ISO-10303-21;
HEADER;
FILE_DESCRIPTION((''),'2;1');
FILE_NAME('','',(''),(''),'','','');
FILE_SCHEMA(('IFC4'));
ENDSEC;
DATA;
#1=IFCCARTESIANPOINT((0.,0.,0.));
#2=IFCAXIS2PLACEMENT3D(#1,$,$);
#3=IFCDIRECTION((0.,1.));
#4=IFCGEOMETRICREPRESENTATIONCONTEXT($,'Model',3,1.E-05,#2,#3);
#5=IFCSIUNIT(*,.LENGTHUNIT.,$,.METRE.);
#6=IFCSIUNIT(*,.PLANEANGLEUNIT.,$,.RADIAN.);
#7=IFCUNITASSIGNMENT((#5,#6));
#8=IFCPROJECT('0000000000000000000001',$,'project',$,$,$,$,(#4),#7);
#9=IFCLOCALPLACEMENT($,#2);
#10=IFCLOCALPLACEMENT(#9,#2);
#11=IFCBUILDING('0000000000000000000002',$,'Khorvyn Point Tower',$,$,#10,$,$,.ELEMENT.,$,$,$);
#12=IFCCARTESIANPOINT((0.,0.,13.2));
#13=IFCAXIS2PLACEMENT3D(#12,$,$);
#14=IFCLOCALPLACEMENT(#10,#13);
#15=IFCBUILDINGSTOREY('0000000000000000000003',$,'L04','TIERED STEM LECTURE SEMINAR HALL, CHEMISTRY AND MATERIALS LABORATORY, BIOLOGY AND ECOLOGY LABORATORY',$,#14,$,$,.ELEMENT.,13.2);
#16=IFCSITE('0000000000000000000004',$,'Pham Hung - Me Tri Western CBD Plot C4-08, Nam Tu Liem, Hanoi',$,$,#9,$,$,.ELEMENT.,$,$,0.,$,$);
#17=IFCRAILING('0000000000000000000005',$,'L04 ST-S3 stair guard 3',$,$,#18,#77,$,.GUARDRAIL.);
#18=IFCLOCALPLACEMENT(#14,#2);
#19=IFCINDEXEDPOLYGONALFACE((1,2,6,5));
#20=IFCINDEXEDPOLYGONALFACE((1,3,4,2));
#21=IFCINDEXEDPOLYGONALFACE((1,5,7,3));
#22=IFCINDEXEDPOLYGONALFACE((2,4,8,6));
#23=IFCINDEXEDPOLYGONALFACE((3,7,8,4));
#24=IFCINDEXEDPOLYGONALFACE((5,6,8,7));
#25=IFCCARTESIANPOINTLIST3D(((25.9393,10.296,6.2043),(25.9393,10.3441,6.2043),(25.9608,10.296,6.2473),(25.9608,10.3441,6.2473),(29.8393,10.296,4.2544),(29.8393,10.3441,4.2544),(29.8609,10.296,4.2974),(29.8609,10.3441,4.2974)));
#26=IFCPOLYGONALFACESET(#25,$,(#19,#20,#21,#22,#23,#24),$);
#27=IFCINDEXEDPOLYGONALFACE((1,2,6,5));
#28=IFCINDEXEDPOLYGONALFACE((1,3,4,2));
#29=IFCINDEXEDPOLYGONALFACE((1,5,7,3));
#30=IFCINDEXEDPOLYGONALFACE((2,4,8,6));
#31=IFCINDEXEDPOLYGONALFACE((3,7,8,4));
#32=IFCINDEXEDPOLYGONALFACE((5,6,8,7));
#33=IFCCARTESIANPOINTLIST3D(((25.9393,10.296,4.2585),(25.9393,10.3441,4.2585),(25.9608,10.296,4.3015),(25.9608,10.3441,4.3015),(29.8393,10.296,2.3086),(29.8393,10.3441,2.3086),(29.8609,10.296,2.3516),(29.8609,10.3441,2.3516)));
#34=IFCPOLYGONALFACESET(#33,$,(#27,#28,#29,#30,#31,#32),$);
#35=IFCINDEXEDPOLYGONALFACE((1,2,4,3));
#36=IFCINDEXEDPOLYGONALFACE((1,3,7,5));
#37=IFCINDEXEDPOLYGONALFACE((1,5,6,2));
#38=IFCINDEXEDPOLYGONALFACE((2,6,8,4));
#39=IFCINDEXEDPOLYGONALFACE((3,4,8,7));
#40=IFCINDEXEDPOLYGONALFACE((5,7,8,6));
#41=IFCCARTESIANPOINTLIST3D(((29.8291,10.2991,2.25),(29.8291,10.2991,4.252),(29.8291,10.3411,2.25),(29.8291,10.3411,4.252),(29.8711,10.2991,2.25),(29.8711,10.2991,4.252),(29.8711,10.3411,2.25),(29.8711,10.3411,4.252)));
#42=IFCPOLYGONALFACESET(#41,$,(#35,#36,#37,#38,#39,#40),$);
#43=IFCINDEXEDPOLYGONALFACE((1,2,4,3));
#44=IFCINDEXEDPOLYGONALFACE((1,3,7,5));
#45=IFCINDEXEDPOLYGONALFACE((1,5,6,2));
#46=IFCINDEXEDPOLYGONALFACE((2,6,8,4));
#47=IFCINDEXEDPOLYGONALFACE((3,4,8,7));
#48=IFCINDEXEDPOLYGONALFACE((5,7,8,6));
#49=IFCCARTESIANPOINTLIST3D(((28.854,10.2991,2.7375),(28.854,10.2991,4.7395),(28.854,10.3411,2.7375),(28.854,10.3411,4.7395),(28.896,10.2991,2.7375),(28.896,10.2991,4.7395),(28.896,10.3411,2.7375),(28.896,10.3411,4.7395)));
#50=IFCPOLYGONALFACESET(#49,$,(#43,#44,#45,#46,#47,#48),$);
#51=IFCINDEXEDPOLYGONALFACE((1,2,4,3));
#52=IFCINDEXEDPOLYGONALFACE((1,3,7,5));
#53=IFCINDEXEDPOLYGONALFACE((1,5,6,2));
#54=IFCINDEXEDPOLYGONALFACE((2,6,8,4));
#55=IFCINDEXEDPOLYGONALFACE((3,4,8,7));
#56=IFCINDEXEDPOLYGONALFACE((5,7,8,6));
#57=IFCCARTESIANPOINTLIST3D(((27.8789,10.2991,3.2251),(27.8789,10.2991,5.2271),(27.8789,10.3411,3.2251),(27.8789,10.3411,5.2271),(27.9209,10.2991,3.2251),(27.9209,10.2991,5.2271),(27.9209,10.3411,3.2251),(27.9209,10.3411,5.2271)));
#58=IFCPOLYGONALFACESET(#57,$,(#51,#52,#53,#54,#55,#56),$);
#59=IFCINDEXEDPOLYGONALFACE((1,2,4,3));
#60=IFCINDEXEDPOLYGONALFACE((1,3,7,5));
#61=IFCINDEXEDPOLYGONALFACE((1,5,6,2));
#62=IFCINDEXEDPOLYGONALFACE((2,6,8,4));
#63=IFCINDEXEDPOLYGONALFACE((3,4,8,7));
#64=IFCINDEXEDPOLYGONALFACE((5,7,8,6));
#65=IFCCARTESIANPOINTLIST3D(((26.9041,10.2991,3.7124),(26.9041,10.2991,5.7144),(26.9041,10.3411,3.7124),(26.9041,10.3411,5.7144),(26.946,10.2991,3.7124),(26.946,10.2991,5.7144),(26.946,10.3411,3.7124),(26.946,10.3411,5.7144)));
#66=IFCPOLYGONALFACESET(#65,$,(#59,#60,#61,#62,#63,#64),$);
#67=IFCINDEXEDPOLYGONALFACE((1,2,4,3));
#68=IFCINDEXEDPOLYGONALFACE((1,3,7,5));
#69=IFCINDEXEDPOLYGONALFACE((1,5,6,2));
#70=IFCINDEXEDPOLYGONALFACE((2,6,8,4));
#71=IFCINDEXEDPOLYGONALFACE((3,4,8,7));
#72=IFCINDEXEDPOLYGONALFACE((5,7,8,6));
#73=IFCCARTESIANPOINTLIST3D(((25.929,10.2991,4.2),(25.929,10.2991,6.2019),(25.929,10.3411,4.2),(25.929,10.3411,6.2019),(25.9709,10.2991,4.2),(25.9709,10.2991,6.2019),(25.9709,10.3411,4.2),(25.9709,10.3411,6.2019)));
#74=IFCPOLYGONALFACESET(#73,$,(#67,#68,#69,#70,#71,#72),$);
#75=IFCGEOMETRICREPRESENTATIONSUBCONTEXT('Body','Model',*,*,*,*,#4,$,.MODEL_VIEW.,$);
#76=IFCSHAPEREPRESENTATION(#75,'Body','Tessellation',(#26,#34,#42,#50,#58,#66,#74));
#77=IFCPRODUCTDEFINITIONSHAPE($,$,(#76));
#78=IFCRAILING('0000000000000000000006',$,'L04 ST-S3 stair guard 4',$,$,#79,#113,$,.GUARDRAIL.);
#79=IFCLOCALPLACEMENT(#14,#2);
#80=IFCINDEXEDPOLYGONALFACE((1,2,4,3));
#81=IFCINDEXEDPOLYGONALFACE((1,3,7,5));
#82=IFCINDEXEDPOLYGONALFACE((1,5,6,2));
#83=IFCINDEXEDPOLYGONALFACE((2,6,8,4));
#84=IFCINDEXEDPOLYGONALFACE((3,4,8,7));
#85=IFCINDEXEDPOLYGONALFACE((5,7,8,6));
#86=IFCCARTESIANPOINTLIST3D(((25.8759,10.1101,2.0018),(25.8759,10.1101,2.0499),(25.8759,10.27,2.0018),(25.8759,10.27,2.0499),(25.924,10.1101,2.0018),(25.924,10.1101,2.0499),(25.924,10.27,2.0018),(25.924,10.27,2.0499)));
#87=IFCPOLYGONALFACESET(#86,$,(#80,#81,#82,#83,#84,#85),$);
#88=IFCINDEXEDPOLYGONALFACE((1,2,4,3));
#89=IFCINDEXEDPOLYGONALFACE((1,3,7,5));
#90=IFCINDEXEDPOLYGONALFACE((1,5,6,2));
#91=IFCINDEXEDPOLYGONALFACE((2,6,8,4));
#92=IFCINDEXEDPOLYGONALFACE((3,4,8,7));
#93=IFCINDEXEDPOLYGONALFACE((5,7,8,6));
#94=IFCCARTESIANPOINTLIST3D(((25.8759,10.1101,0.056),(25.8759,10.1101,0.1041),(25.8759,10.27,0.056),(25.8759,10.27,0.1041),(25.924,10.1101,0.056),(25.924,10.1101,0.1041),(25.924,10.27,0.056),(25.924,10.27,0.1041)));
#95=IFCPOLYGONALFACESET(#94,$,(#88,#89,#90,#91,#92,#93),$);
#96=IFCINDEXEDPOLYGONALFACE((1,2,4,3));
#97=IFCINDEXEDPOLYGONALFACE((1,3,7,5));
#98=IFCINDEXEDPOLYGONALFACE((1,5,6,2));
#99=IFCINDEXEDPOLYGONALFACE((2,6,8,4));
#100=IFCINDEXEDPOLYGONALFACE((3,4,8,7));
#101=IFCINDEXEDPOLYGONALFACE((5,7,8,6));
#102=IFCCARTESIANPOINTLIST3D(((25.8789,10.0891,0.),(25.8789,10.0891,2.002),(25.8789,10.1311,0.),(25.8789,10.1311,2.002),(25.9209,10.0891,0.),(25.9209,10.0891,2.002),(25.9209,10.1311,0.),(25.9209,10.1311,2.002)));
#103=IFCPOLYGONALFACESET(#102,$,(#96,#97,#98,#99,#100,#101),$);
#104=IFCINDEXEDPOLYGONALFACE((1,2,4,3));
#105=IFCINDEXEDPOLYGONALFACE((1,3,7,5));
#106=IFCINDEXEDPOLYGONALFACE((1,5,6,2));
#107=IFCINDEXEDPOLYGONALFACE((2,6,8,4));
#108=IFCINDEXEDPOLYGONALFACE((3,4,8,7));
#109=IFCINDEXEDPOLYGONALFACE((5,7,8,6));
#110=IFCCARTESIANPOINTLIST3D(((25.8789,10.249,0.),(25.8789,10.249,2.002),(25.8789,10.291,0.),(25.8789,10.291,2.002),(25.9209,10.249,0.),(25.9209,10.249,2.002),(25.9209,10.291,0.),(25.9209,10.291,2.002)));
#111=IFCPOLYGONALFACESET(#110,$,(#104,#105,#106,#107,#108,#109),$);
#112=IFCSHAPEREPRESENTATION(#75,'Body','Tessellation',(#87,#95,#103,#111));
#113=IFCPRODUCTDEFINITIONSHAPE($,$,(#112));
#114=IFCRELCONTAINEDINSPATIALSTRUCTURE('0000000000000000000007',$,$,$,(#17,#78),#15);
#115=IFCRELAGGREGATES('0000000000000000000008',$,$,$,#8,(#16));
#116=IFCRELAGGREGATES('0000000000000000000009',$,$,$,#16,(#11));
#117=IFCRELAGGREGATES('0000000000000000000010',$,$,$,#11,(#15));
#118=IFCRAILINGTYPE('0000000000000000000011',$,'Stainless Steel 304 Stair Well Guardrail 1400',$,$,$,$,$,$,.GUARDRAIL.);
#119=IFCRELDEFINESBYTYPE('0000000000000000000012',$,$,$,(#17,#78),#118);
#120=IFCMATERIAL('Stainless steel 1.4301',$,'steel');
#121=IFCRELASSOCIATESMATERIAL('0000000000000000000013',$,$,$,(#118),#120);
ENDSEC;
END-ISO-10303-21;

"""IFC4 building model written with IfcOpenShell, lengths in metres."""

from ifc_helpers import new_model, si_unit, direction, frame, origin, origin_2d, place, context, subcontext, project, spatial, rectangle, extrude, material, type_object, element, save


model = new_model("IFC4")

# Units and contexts
model_context = context("Model", 3, precision=1e-05, world=origin(), true_north=direction((0.0, 1.0)))
body_context = subcontext(model_context, "Body", "Model", "MODEL_VIEW")
ifc_project = project(units=[si_unit("LENGTHUNIT", "METRE"), si_unit("PLANEANGLEUNIT", "RADIAN")], contexts=[model_context])

# Site, building, storey
site_placement = place(None, origin())
site = spatial("IfcSite", under=ifc_project, at=site_placement, Name="Pham Hung - Me Tri Western CBD Plot C4-08, Nam Tu Liem, Hanoi", CompositionType="ELEMENT", RefElevation=0.0)
building_placement = place(site_placement, origin())
building = spatial("IfcBuilding", under=site, at=building_placement, Name="Khorvyn Point Tower", CompositionType="ELEMENT")
storey_placement = place(building_placement, frame((0.0, 0.0, 13.2)))
storey = spatial("IfcBuildingStorey", under=building, at=storey_placement, Name="L04", Description="TIERED STEM LECTURE SEMINAR HALL, CHEMISTRY AND MATERIALS LABORATORY, BIOLOGY AND ECOLOGY LABORATORY", CompositionType="ELEMENT", Elevation=13.2)

# Railings
ifc_material_1 = material(Name="Stainless steel 1.4301", Category="steel")
railing_type_1 = type_object("IfcRailingType", Name="Stainless Steel 304 Stair Well Guardrail 1400", PredefinedType="GUARDRAIL", material=ifc_material_1)
railing_1_placement = place(storey_placement, frame((29.8501, 10.3201, 2.25)))
element("IfcRailing", 1, at=railing_1_placement, inside=storey, type_object=railing_type_1, Name="L04 ST-S3 stair guard 3", PredefinedType="GUARDRAIL", context=body_context, shape_type="SweptSolid", body=[
    extrude(rectangle(XDim=0.0481, YDim=0.0481, at=origin_2d()), frame((0.0, 0.0, 2.0259), z_axis=(-0.894438, 0.0, 0.447191), x_axis=(0.0, -1.0, 0.0)), (0.0, 0.0, 1.0), 4.3604),
    extrude(rectangle(XDim=0.0481, YDim=0.0481, at=origin_2d()), frame((0.0, 0.0, 0.0801), z_axis=(-0.894438, 0.0, 0.447191), x_axis=(0.0, -1.0, 0.0)), (0.0, 0.0, 1.0), 4.3604),
    extrude(rectangle(XDim=0.042, YDim=0.042, at=origin_2d()), origin(), (0.0, 0.0, 1.0), 2.002),
    extrude(rectangle(XDim=0.042, YDim=0.042, at=origin_2d()), frame((-0.9751, 0.0, 0.4875)), (0.0, 0.0, 1.0), 2.002),
    extrude(rectangle(XDim=0.042, YDim=0.042, at=origin_2d()), frame((-1.9502, 0.0, 0.9751)), (0.0, 0.0, 1.0), 2.002),
    extrude(rectangle(XDim=0.042, YDim=0.042, at=origin_2d()), frame((-2.925, 0.0, 1.4624)), (0.0, 0.0, 1.0), 2.002),
    extrude(rectangle(XDim=0.042, YDim=0.042, at=origin_2d()), frame((-3.9001, 0.0, 1.95)), (0.0, 0.0, 1.0), 2.002),
])
railing_2_placement = place(storey_placement, frame((25.8999, 10.1101, 0.0)))
element("IfcRailing", 2, at=railing_2_placement, inside=storey, type_object=railing_type_1, Name="L04 ST-S3 stair guard 4", PredefinedType="GUARDRAIL", context=body_context, shape_type="SweptSolid", body=[
    extrude(rectangle(XDim=0.0481, YDim=0.0481, at=origin_2d()), frame((0.0, 0.0, 2.0259), z_axis=(0.0, 1.0, 0.0), x_axis=(-1.0, 0.0, 0.0)), (0.0, 0.0, 1.0), 0.1599),
    extrude(rectangle(XDim=0.0481, YDim=0.0481, at=origin_2d()), frame((0.0, 0.0, 0.0801), z_axis=(0.0, 1.0, 0.0), x_axis=(-1.0, 0.0, 0.0)), (0.0, 0.0, 1.0), 0.1599),
    extrude(rectangle(XDim=0.042, YDim=0.042, at=origin_2d()), origin(), (0.0, 0.0, 1.0), 2.002),
    extrude(rectangle(XDim=0.042, YDim=0.042, at=origin_2d()), frame((0.0, 0.1599, 0.0)), (0.0, 0.0, 1.0), 2.002),
])

save(model, "model.ifc")
